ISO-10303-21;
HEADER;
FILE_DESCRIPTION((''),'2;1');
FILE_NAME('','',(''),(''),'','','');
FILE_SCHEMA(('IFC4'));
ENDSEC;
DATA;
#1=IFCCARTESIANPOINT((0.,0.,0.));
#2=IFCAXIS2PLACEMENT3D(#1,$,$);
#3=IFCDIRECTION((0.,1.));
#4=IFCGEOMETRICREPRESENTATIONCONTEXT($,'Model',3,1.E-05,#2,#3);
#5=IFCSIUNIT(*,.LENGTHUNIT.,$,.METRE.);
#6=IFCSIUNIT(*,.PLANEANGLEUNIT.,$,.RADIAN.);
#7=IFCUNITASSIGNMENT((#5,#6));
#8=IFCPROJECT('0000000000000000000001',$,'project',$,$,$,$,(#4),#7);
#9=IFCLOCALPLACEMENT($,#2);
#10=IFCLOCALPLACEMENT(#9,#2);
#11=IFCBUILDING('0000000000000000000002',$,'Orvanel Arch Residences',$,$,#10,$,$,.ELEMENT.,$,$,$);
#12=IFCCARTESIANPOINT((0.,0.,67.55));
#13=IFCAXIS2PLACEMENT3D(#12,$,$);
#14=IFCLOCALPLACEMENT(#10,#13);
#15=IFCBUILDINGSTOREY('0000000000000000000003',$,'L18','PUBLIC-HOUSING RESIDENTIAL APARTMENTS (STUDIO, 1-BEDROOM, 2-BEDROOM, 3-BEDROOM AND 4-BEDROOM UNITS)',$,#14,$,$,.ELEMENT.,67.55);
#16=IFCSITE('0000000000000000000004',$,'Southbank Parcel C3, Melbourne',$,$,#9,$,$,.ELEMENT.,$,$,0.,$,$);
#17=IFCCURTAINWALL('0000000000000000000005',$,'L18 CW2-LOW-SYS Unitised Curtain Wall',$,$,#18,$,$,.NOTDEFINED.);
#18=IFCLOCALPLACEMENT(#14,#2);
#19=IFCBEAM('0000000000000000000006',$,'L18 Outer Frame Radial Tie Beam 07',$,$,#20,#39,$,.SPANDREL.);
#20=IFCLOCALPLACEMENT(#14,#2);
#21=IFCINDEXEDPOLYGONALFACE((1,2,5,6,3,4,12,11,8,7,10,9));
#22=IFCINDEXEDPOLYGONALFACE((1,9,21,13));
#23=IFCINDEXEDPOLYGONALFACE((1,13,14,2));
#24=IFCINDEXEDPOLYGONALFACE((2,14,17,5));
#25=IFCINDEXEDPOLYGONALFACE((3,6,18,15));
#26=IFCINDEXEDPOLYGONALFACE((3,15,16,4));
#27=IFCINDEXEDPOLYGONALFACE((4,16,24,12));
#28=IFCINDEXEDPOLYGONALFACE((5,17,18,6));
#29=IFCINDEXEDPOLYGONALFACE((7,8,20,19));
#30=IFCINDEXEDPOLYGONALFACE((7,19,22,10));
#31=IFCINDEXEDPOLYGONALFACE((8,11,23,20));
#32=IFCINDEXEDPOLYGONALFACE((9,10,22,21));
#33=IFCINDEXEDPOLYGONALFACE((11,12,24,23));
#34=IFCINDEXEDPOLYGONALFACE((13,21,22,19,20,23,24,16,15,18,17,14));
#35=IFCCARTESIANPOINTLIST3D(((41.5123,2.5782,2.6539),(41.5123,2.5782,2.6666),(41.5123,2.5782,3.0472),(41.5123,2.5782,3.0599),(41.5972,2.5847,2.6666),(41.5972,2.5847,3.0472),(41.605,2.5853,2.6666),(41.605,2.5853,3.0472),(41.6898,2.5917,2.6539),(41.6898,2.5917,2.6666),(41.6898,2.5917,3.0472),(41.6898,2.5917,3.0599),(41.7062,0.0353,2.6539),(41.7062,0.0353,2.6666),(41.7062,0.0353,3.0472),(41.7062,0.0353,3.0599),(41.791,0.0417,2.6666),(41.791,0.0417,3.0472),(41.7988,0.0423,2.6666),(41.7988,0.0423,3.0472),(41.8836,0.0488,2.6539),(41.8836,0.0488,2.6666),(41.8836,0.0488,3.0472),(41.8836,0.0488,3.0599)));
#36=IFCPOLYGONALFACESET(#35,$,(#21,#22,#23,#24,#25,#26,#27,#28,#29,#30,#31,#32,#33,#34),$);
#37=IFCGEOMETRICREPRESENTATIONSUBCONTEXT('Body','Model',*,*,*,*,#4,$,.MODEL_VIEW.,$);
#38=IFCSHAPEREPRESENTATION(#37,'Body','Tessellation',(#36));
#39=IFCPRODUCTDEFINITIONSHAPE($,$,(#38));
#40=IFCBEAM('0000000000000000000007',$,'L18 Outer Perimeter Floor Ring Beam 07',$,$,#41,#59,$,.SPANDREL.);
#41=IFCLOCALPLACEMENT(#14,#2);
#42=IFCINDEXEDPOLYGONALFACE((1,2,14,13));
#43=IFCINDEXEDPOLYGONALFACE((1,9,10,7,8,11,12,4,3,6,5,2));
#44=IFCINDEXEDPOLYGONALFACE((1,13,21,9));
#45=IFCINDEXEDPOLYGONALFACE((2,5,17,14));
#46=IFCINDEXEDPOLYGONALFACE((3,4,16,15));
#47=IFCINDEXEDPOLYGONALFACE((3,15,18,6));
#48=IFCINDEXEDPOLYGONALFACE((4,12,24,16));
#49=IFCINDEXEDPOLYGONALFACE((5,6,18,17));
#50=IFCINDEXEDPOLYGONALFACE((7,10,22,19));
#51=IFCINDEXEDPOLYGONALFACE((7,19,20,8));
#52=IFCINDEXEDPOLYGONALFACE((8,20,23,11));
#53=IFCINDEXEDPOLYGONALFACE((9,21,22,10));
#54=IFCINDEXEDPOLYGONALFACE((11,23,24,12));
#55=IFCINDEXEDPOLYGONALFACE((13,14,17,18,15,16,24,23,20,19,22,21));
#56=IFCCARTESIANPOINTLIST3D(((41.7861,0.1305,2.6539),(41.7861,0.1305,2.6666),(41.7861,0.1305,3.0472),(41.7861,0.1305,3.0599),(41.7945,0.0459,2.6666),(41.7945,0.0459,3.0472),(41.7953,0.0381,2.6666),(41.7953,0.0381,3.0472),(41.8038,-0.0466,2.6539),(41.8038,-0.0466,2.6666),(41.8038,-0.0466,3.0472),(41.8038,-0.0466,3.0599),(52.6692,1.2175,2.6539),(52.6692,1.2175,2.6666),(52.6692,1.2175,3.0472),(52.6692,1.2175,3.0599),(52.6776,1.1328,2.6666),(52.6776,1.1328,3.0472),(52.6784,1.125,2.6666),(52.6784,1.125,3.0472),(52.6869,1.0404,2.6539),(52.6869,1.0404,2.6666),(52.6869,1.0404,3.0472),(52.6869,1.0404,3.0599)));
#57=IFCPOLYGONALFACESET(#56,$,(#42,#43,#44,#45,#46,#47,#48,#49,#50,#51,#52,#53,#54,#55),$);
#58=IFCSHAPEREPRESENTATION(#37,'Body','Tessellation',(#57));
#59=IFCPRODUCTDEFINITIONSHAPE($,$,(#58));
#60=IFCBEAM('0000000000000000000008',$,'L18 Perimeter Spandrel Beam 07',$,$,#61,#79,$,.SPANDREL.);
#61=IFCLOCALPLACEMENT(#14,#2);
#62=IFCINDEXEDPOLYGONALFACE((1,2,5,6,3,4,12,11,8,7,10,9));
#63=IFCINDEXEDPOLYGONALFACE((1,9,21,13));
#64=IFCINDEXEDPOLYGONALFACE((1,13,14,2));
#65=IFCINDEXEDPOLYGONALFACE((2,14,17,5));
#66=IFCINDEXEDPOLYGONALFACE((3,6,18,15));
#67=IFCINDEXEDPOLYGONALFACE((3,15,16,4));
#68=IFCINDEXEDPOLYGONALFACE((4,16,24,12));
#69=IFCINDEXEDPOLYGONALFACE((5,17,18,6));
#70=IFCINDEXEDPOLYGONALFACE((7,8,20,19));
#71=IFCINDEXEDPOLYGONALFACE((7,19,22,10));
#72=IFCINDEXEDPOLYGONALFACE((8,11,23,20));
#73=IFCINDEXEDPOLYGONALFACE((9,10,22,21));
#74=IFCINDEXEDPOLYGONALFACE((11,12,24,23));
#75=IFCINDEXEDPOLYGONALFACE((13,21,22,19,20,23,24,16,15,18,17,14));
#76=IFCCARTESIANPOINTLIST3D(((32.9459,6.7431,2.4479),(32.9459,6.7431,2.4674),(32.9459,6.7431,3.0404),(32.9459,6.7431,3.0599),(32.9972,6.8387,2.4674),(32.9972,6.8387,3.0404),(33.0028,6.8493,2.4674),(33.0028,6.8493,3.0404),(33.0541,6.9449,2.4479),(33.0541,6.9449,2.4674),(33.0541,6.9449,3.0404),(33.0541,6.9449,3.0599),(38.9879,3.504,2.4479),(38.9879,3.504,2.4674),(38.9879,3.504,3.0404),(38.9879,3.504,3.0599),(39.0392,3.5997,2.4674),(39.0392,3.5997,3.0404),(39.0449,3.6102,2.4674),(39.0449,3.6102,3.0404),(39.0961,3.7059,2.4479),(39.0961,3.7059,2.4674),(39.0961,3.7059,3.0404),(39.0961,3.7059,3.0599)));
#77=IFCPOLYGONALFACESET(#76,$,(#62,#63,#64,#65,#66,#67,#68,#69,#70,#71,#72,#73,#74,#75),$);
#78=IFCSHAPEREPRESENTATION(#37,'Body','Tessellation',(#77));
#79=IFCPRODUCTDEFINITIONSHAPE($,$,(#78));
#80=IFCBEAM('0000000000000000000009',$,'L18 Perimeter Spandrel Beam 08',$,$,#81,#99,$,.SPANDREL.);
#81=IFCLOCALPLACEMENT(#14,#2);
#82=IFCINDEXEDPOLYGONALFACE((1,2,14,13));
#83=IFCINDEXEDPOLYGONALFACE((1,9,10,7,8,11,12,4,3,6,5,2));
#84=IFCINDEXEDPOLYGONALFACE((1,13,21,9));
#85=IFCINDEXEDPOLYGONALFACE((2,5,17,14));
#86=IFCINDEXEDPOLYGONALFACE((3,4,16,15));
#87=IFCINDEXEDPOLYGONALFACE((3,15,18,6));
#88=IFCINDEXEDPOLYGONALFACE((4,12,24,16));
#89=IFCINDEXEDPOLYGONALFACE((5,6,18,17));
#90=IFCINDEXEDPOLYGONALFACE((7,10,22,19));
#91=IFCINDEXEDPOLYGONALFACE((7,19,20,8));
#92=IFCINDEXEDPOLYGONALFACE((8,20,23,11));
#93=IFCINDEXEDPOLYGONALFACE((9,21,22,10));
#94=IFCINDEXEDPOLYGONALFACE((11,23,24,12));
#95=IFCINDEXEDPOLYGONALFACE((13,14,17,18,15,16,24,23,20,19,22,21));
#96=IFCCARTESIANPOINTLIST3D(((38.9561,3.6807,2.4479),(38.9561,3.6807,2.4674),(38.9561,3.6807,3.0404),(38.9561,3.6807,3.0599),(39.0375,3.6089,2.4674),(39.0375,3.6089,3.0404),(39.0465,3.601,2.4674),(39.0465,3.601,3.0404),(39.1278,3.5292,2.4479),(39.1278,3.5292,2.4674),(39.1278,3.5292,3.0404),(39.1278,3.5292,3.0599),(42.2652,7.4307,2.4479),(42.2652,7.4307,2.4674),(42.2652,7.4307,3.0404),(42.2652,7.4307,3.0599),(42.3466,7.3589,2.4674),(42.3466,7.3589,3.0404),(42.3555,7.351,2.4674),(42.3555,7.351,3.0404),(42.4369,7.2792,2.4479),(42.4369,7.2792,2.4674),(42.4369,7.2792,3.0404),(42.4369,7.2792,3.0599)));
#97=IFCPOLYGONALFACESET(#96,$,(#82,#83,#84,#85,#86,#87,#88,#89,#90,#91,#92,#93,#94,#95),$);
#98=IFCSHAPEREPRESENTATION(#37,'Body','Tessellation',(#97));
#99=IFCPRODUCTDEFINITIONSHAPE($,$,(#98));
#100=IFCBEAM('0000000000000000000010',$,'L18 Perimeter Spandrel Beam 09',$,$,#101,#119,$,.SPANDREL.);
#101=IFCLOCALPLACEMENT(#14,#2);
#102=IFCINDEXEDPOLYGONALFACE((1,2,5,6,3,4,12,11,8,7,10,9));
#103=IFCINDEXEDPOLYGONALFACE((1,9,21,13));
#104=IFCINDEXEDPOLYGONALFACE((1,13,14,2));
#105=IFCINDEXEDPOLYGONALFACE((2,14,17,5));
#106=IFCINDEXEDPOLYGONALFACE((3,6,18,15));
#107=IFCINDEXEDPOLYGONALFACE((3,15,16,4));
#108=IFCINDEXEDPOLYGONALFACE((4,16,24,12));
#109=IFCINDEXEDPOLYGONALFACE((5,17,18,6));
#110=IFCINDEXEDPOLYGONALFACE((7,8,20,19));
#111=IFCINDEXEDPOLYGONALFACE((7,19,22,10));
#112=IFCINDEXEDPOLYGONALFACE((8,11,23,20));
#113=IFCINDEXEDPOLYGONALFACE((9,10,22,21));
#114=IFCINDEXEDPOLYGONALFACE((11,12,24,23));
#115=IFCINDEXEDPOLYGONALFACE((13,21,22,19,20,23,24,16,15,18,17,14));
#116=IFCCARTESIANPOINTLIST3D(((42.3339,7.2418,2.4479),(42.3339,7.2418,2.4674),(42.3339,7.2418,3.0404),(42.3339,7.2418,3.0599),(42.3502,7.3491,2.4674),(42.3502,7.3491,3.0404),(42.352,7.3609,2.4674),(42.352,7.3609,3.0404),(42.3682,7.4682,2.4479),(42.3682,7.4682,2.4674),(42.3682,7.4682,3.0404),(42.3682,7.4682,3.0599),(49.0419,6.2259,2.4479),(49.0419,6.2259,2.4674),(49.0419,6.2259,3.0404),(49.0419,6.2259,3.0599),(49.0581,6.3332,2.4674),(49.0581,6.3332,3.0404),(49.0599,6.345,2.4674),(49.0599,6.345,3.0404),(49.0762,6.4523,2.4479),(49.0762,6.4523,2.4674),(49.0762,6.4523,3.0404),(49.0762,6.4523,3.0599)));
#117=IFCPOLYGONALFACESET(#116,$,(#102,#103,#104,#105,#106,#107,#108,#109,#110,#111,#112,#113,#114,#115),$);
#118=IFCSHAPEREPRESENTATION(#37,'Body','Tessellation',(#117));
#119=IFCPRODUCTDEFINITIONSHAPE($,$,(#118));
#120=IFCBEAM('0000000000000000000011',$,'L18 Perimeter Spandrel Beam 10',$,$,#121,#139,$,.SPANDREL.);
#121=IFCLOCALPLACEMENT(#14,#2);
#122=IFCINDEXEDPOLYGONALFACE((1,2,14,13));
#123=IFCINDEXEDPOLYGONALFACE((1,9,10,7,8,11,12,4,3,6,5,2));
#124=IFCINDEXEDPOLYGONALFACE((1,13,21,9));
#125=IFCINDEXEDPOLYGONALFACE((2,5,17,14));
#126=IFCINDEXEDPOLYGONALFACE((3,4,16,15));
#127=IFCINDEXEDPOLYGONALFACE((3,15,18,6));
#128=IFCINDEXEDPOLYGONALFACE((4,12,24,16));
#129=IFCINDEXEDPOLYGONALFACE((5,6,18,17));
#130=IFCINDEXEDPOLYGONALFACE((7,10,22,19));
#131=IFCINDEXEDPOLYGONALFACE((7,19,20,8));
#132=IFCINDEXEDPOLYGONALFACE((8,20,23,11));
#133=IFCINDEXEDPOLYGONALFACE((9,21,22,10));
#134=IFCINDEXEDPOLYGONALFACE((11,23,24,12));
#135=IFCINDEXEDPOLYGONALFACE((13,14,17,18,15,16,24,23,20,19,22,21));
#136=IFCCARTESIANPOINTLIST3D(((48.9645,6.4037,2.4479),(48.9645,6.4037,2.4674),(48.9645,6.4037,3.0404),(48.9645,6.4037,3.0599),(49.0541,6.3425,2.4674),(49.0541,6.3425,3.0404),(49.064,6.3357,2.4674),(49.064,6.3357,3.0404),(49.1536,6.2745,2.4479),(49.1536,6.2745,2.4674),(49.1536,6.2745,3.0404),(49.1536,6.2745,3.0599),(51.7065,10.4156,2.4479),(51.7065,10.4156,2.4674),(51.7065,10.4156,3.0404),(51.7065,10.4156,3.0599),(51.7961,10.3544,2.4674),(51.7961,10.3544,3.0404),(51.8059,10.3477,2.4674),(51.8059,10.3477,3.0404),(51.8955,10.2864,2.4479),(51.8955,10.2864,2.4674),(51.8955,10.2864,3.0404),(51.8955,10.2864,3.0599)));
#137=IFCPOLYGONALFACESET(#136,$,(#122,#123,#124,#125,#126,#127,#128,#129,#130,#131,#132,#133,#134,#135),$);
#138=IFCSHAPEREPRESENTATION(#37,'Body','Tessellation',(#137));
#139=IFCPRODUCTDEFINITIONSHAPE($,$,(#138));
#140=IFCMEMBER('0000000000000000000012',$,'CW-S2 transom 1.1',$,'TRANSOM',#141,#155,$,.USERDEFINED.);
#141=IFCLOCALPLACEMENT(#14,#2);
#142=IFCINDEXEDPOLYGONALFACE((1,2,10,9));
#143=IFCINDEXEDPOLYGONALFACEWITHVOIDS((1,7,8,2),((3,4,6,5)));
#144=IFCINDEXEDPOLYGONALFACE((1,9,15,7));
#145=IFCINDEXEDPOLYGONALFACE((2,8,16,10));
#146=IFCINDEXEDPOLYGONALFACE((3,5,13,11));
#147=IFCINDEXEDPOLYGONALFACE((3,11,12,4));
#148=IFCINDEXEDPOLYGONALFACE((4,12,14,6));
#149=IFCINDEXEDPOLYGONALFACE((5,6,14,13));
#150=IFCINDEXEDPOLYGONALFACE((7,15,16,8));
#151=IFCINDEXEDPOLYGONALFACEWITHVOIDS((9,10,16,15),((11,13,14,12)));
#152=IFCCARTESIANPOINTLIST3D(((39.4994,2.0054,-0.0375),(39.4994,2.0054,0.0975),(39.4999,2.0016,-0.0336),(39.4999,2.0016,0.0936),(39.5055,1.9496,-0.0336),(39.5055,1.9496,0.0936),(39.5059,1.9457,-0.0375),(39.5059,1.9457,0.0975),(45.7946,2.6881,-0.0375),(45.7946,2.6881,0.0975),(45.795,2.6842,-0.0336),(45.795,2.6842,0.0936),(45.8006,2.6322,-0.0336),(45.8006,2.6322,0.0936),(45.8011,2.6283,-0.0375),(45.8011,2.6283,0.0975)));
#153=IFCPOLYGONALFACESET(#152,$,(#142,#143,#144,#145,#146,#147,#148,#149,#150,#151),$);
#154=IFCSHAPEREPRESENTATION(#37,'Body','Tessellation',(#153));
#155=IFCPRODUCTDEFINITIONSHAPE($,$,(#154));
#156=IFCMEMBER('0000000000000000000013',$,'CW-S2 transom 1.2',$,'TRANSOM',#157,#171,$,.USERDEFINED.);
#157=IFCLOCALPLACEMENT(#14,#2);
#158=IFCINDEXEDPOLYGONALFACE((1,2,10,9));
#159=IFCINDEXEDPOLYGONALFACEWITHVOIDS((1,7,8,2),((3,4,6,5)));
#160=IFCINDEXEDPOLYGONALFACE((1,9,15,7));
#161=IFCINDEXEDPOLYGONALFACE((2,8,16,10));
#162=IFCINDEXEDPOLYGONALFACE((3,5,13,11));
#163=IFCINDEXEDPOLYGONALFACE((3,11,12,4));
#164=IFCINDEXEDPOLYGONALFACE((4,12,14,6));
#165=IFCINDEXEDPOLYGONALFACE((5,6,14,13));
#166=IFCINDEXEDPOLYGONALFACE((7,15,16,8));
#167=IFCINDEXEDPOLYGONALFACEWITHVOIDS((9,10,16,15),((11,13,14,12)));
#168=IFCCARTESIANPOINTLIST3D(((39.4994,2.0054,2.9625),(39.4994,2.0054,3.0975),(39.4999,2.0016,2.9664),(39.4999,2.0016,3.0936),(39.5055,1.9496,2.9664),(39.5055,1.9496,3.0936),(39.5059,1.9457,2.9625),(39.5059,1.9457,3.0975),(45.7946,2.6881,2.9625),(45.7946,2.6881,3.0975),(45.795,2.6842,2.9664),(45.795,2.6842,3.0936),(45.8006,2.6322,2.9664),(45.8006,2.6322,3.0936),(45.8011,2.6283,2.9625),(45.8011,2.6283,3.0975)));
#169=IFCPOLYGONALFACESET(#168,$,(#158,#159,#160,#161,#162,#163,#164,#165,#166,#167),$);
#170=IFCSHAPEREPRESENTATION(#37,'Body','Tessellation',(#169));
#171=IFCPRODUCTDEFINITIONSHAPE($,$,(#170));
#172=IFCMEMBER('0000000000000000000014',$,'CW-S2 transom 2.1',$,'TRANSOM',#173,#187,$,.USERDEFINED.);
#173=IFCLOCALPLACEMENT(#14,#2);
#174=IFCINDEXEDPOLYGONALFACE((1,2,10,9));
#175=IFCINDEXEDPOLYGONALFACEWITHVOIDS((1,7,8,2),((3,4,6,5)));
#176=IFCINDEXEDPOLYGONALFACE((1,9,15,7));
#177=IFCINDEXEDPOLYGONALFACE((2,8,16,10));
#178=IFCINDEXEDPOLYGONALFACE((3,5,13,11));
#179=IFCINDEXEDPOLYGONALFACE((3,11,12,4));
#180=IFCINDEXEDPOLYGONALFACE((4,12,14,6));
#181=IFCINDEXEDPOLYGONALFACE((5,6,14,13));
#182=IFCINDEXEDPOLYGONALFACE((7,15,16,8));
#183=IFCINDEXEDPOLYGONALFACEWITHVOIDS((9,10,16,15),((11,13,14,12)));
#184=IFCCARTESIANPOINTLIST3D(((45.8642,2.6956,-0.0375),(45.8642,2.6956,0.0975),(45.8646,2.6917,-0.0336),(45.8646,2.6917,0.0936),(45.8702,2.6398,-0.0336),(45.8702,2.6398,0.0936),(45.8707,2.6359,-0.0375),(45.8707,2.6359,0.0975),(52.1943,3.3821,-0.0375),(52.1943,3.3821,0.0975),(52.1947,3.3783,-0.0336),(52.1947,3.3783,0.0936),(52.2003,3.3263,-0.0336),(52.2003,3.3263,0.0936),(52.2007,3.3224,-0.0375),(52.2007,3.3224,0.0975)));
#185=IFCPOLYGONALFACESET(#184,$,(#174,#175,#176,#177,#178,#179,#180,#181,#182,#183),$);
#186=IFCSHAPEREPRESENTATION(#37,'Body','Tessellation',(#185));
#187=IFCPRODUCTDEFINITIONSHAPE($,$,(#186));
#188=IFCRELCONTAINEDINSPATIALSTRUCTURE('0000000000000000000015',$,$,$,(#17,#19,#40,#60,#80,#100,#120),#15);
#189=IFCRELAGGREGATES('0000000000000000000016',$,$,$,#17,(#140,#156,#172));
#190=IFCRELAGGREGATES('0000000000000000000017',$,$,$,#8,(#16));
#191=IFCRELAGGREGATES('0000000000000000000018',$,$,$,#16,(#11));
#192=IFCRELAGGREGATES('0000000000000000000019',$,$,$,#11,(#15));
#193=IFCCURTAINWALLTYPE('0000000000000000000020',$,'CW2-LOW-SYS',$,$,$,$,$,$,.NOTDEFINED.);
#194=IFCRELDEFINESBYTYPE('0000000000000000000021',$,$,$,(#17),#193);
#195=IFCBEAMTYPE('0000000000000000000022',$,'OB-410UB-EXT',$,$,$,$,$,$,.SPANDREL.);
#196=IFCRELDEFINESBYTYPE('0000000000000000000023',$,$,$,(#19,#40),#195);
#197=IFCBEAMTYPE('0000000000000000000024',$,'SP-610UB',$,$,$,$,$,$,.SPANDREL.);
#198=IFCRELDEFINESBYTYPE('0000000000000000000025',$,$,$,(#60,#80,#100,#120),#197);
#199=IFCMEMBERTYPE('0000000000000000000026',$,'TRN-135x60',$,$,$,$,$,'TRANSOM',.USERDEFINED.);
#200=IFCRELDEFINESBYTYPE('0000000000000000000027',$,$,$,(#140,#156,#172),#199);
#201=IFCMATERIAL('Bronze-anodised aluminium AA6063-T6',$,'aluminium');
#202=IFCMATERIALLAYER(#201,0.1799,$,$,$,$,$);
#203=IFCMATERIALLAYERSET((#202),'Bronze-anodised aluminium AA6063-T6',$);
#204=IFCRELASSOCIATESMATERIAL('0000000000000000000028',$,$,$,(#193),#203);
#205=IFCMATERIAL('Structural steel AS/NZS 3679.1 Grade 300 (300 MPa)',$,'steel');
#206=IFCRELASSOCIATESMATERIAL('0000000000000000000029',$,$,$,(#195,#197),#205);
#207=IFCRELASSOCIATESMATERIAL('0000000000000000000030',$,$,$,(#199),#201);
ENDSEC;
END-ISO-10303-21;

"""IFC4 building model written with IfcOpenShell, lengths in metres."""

from ifc_helpers import new_model, si_unit, direction, frame, origin, origin_2d, place, context, subcontext, project, spatial, hollow_rectangle, i_section, extrude, material, layer, layer_set, material_profile, profile_set, type_object, element, aggregate, save


model = new_model("IFC4")

# Units and contexts
model_context = context("Model", 3, precision=1e-05, world=origin(), true_north=direction((0.0, 1.0)))
body_context = subcontext(model_context, "Body", "Model", "MODEL_VIEW")
ifc_project = project(units=[si_unit("LENGTHUNIT", "METRE"), si_unit("PLANEANGLEUNIT", "RADIAN")], contexts=[model_context])

# Site, building, storey
site_placement = place(None, origin())
site = spatial("IfcSite", under=ifc_project, at=site_placement, Name="Southbank Parcel C3, Melbourne", CompositionType="ELEMENT", RefElevation=0.0)
building_placement = place(site_placement, origin())
building = spatial("IfcBuilding", under=site, at=building_placement, Name="Orvanel Arch Residences", CompositionType="ELEMENT")
storey_placement = place(building_placement, frame((0.0, 0.0, 67.55)))
storey = spatial("IfcBuildingStorey", under=building, at=storey_placement, Name="L18", Description="PUBLIC-HOUSING RESIDENTIAL APARTMENTS (STUDIO, 1-BEDROOM, 2-BEDROOM, 3-BEDROOM AND 4-BEDROOM UNITS)", CompositionType="ELEMENT", Elevation=67.55)

# Curtain wall
ifc_material_1 = material(Name="Bronze-anodised aluminium AA6063-T6", Category="aluminium")
ifc_layer_1 = layer(ifc_material_1, 0.1799)
ifc_layer_set_1 = layer_set([ifc_layer_1], Name="Bronze-anodised aluminium AA6063-T6")
curtain_wall_type = type_object("IfcCurtainWallType", Name="CW2-LOW-SYS", PredefinedType="NOTDEFINED", material=ifc_layer_set_1)
curtain_wall_placement = place(storey_placement, origin())
curtain_wall = element("IfcCurtainWall", 1, at=curtain_wall_placement, inside=storey, type_object=curtain_wall_type, Name="L18 CW2-LOW-SYS Unitised Curtain Wall", PredefinedType="NOTDEFINED")

# Beams
ifc_material_2 = material(Name="Structural steel AS/NZS 3679.1 Grade 300 (300 MPa)", Category="steel")
ifc_material_profile_1 = material_profile(ifc_material_2, i_section(OverallWidth=0.178, OverallDepth=0.406, WebThickness=0.0078, FlangeThickness=0.0127, at=origin_2d()), Name="410UB59.7")
ifc_profile_set_1 = profile_set([ifc_material_profile_1], Name="Structural steel AS/NZS 3679.1 Grade 300 (300 MPa)")
beam_type_1 = type_object("IfcBeamType", Name="OB-410UB-EXT", PredefinedType="SPANDREL", material=ifc_profile_set_1)
beam_1_placement = place(storey_placement, frame((41.6011, 2.585, 2.8569), z_axis=(0.076008, -0.997107, 0.0), x_axis=(0.997107, 0.076008, 0.0)))
element("IfcBeam", 2, at=beam_1_placement, inside=storey, type_object=beam_type_1, Name="L18 Outer Frame Radial Tie Beam 07", PredefinedType="SPANDREL", context=body_context, shape_type="SweptSolid", body=[
    extrude(i_section(OverallWidth=0.178, OverallDepth=0.406, WebThickness=0.0078, FlangeThickness=0.0127, at=origin_2d()), origin(), (0.0, 0.0, 1.0), 2.5503),
])
beam_2_placement = place(storey_placement, frame((41.7949, 0.042, 2.8569), z_axis=(0.99505, 0.099378, 0.0), x_axis=(-0.099378, 0.99505, 0.0)))
element("IfcBeam", 3, at=beam_2_placement, inside=storey, type_object=beam_type_1, Name="L18 Outer Perimeter Floor Ring Beam 07", PredefinedType="SPANDREL", context=body_context, shape_type="SweptSolid", body=[
    extrude(i_section(OverallWidth=0.178, OverallDepth=0.406, WebThickness=0.0078, FlangeThickness=0.0127, at=origin_2d()), origin(), (0.0, 0.0, 1.0), 10.9373),
])
ifc_material_profile_2 = material_profile(ifc_material_2, i_section(OverallWidth=0.229, OverallDepth=0.6121, WebThickness=0.012, FlangeThickness=0.0195, at=origin_2d()), Name="610UB125")
ifc_profile_set_2 = profile_set([ifc_material_profile_2], Name="Structural steel AS/NZS 3679.1 Grade 300 (300 MPa)")
beam_type_2 = type_object("IfcBeamType", Name="SP-610UB", PredefinedType="SPANDREL", material=ifc_profile_set_2)
beam_3_placement = place(storey_placement, frame((33.0, 6.844, 2.7539), z_axis=(0.881344, -0.472474, 0.0), x_axis=(0.472474, 0.881344, 0.0)))
element("IfcBeam", 4, at=beam_3_placement, inside=storey, type_object=beam_type_2, Name="L18 Perimeter Spandrel Beam 07", PredefinedType="SPANDREL", context=body_context, shape_type="SweptSolid", body=[
    extrude(i_section(OverallWidth=0.229, OverallDepth=0.6121, WebThickness=0.012, FlangeThickness=0.0195, at=origin_2d()), origin(), (0.0, 0.0, 1.0), 6.8555),
])
beam_4_placement = place(storey_placement, frame((39.042, 3.605, 2.7539), z_axis=(0.661651, 0.749812, 0.0), x_axis=(-0.749812, 0.661651, 0.0)))
element("IfcBeam", 5, at=beam_4_placement, inside=storey, type_object=beam_type_2, Name="L18 Perimeter Spandrel Beam 08", PredefinedType="SPANDREL", context=body_context, shape_type="SweptSolid", body=[
    extrude(i_section(OverallWidth=0.229, OverallDepth=0.6121, WebThickness=0.012, FlangeThickness=0.0195, at=origin_2d()), origin(), (0.0, 0.0, 1.0), 5.0012),
])
beam_5_placement = place(storey_placement, frame((42.3511, 7.355, 2.7539), z_axis=(0.988726, -0.149734, 0.0), x_axis=(0.149734, 0.988726, 0.0)))
element("IfcBeam", 6, at=beam_5_placement, inside=storey, type_object=beam_type_2, Name="L18 Perimeter Spandrel Beam 09", PredefinedType="SPANDREL", context=body_context, shape_type="SweptSolid", body=[
    extrude(i_section(OverallWidth=0.229, OverallDepth=0.6121, WebThickness=0.012, FlangeThickness=0.0195, at=origin_2d()), origin(), (0.0, 0.0, 1.0), 6.7844),
])
beam_6_placement = place(storey_placement, frame((49.0591, 6.3391, 2.7539), z_axis=(0.564252, 0.825603, 0.0), x_axis=(-0.825603, 0.564252, 0.0)))
element("IfcBeam", 7, at=beam_6_placement, inside=storey, type_object=beam_type_2, Name="L18 Perimeter Spandrel Beam 10", PredefinedType="SPANDREL", context=body_context, shape_type="SweptSolid", body=[
    extrude(i_section(OverallWidth=0.229, OverallDepth=0.6121, WebThickness=0.012, FlangeThickness=0.0195, at=origin_2d()), origin(), (0.0, 0.0, 1.0), 4.8594),
])

# Members
ifc_material_profile_3 = material_profile(ifc_material_1, hollow_rectangle(XDim=0.0601, YDim=0.135, WallThickness=0.0039, at=origin_2d()), Name="ALU135x60x4")
ifc_profile_set_3 = profile_set([ifc_material_profile_3], Name="Bronze-anodised aluminium AA6063-T6")
member_type_1 = type_object("IfcMemberType", Name="TRN-135x60", ElementType="TRANSOM", PredefinedType="USERDEFINED", material=ifc_profile_set_3)
member_1_placement = place(storey_placement, frame((39.5027, 1.9756, 0.03), z_axis=(0.994172, 0.107803, 0.0), x_axis=(-0.107803, 0.994172, 0.0)))
member_1 = element("IfcMember", 8, at=member_1_placement, type_object=member_type_1, Name="CW-S2 transom 1.1", ObjectType="TRANSOM", PredefinedType="USERDEFINED", context=body_context, shape_type="SweptSolid", body=[
    extrude(hollow_rectangle(XDim=0.0601, YDim=0.135, WallThickness=0.0039, at=origin_2d()), origin(), (0.0, 0.0, 1.0), 6.332),
])
member_2_placement = place(storey_placement, frame((39.5027, 1.9756, 3.03), z_axis=(0.994172, 0.107803, 0.0), x_axis=(-0.107803, 0.994172, 0.0)))
member_2 = element("IfcMember", 9, at=member_2_placement, type_object=member_type_1, Name="CW-S2 transom 1.2", ObjectType="TRANSOM", PredefinedType="USERDEFINED", context=body_context, shape_type="SweptSolid", body=[
    extrude(hollow_rectangle(XDim=0.0601, YDim=0.135, WallThickness=0.0039, at=origin_2d()), origin(), (0.0, 0.0, 1.0), 6.332),
])
member_3_placement = place(storey_placement, frame((45.8674, 2.6658, 0.03), z_axis=(0.99417, 0.107822, 0.0), x_axis=(-0.107822, 0.99417, 0.0)))
member_3 = element("IfcMember", 10, at=member_3_placement, type_object=member_type_1, Name="CW-S2 transom 2.1", ObjectType="TRANSOM", PredefinedType="USERDEFINED", context=body_context, shape_type="SweptSolid", body=[
    extrude(hollow_rectangle(XDim=0.0601, YDim=0.135, WallThickness=0.0039, at=origin_2d()), origin(), (0.0, 0.0, 1.0), 6.3672),
])

aggregate(curtain_wall, [member_1, member_2, member_3])

save(model, "model.ifc")
